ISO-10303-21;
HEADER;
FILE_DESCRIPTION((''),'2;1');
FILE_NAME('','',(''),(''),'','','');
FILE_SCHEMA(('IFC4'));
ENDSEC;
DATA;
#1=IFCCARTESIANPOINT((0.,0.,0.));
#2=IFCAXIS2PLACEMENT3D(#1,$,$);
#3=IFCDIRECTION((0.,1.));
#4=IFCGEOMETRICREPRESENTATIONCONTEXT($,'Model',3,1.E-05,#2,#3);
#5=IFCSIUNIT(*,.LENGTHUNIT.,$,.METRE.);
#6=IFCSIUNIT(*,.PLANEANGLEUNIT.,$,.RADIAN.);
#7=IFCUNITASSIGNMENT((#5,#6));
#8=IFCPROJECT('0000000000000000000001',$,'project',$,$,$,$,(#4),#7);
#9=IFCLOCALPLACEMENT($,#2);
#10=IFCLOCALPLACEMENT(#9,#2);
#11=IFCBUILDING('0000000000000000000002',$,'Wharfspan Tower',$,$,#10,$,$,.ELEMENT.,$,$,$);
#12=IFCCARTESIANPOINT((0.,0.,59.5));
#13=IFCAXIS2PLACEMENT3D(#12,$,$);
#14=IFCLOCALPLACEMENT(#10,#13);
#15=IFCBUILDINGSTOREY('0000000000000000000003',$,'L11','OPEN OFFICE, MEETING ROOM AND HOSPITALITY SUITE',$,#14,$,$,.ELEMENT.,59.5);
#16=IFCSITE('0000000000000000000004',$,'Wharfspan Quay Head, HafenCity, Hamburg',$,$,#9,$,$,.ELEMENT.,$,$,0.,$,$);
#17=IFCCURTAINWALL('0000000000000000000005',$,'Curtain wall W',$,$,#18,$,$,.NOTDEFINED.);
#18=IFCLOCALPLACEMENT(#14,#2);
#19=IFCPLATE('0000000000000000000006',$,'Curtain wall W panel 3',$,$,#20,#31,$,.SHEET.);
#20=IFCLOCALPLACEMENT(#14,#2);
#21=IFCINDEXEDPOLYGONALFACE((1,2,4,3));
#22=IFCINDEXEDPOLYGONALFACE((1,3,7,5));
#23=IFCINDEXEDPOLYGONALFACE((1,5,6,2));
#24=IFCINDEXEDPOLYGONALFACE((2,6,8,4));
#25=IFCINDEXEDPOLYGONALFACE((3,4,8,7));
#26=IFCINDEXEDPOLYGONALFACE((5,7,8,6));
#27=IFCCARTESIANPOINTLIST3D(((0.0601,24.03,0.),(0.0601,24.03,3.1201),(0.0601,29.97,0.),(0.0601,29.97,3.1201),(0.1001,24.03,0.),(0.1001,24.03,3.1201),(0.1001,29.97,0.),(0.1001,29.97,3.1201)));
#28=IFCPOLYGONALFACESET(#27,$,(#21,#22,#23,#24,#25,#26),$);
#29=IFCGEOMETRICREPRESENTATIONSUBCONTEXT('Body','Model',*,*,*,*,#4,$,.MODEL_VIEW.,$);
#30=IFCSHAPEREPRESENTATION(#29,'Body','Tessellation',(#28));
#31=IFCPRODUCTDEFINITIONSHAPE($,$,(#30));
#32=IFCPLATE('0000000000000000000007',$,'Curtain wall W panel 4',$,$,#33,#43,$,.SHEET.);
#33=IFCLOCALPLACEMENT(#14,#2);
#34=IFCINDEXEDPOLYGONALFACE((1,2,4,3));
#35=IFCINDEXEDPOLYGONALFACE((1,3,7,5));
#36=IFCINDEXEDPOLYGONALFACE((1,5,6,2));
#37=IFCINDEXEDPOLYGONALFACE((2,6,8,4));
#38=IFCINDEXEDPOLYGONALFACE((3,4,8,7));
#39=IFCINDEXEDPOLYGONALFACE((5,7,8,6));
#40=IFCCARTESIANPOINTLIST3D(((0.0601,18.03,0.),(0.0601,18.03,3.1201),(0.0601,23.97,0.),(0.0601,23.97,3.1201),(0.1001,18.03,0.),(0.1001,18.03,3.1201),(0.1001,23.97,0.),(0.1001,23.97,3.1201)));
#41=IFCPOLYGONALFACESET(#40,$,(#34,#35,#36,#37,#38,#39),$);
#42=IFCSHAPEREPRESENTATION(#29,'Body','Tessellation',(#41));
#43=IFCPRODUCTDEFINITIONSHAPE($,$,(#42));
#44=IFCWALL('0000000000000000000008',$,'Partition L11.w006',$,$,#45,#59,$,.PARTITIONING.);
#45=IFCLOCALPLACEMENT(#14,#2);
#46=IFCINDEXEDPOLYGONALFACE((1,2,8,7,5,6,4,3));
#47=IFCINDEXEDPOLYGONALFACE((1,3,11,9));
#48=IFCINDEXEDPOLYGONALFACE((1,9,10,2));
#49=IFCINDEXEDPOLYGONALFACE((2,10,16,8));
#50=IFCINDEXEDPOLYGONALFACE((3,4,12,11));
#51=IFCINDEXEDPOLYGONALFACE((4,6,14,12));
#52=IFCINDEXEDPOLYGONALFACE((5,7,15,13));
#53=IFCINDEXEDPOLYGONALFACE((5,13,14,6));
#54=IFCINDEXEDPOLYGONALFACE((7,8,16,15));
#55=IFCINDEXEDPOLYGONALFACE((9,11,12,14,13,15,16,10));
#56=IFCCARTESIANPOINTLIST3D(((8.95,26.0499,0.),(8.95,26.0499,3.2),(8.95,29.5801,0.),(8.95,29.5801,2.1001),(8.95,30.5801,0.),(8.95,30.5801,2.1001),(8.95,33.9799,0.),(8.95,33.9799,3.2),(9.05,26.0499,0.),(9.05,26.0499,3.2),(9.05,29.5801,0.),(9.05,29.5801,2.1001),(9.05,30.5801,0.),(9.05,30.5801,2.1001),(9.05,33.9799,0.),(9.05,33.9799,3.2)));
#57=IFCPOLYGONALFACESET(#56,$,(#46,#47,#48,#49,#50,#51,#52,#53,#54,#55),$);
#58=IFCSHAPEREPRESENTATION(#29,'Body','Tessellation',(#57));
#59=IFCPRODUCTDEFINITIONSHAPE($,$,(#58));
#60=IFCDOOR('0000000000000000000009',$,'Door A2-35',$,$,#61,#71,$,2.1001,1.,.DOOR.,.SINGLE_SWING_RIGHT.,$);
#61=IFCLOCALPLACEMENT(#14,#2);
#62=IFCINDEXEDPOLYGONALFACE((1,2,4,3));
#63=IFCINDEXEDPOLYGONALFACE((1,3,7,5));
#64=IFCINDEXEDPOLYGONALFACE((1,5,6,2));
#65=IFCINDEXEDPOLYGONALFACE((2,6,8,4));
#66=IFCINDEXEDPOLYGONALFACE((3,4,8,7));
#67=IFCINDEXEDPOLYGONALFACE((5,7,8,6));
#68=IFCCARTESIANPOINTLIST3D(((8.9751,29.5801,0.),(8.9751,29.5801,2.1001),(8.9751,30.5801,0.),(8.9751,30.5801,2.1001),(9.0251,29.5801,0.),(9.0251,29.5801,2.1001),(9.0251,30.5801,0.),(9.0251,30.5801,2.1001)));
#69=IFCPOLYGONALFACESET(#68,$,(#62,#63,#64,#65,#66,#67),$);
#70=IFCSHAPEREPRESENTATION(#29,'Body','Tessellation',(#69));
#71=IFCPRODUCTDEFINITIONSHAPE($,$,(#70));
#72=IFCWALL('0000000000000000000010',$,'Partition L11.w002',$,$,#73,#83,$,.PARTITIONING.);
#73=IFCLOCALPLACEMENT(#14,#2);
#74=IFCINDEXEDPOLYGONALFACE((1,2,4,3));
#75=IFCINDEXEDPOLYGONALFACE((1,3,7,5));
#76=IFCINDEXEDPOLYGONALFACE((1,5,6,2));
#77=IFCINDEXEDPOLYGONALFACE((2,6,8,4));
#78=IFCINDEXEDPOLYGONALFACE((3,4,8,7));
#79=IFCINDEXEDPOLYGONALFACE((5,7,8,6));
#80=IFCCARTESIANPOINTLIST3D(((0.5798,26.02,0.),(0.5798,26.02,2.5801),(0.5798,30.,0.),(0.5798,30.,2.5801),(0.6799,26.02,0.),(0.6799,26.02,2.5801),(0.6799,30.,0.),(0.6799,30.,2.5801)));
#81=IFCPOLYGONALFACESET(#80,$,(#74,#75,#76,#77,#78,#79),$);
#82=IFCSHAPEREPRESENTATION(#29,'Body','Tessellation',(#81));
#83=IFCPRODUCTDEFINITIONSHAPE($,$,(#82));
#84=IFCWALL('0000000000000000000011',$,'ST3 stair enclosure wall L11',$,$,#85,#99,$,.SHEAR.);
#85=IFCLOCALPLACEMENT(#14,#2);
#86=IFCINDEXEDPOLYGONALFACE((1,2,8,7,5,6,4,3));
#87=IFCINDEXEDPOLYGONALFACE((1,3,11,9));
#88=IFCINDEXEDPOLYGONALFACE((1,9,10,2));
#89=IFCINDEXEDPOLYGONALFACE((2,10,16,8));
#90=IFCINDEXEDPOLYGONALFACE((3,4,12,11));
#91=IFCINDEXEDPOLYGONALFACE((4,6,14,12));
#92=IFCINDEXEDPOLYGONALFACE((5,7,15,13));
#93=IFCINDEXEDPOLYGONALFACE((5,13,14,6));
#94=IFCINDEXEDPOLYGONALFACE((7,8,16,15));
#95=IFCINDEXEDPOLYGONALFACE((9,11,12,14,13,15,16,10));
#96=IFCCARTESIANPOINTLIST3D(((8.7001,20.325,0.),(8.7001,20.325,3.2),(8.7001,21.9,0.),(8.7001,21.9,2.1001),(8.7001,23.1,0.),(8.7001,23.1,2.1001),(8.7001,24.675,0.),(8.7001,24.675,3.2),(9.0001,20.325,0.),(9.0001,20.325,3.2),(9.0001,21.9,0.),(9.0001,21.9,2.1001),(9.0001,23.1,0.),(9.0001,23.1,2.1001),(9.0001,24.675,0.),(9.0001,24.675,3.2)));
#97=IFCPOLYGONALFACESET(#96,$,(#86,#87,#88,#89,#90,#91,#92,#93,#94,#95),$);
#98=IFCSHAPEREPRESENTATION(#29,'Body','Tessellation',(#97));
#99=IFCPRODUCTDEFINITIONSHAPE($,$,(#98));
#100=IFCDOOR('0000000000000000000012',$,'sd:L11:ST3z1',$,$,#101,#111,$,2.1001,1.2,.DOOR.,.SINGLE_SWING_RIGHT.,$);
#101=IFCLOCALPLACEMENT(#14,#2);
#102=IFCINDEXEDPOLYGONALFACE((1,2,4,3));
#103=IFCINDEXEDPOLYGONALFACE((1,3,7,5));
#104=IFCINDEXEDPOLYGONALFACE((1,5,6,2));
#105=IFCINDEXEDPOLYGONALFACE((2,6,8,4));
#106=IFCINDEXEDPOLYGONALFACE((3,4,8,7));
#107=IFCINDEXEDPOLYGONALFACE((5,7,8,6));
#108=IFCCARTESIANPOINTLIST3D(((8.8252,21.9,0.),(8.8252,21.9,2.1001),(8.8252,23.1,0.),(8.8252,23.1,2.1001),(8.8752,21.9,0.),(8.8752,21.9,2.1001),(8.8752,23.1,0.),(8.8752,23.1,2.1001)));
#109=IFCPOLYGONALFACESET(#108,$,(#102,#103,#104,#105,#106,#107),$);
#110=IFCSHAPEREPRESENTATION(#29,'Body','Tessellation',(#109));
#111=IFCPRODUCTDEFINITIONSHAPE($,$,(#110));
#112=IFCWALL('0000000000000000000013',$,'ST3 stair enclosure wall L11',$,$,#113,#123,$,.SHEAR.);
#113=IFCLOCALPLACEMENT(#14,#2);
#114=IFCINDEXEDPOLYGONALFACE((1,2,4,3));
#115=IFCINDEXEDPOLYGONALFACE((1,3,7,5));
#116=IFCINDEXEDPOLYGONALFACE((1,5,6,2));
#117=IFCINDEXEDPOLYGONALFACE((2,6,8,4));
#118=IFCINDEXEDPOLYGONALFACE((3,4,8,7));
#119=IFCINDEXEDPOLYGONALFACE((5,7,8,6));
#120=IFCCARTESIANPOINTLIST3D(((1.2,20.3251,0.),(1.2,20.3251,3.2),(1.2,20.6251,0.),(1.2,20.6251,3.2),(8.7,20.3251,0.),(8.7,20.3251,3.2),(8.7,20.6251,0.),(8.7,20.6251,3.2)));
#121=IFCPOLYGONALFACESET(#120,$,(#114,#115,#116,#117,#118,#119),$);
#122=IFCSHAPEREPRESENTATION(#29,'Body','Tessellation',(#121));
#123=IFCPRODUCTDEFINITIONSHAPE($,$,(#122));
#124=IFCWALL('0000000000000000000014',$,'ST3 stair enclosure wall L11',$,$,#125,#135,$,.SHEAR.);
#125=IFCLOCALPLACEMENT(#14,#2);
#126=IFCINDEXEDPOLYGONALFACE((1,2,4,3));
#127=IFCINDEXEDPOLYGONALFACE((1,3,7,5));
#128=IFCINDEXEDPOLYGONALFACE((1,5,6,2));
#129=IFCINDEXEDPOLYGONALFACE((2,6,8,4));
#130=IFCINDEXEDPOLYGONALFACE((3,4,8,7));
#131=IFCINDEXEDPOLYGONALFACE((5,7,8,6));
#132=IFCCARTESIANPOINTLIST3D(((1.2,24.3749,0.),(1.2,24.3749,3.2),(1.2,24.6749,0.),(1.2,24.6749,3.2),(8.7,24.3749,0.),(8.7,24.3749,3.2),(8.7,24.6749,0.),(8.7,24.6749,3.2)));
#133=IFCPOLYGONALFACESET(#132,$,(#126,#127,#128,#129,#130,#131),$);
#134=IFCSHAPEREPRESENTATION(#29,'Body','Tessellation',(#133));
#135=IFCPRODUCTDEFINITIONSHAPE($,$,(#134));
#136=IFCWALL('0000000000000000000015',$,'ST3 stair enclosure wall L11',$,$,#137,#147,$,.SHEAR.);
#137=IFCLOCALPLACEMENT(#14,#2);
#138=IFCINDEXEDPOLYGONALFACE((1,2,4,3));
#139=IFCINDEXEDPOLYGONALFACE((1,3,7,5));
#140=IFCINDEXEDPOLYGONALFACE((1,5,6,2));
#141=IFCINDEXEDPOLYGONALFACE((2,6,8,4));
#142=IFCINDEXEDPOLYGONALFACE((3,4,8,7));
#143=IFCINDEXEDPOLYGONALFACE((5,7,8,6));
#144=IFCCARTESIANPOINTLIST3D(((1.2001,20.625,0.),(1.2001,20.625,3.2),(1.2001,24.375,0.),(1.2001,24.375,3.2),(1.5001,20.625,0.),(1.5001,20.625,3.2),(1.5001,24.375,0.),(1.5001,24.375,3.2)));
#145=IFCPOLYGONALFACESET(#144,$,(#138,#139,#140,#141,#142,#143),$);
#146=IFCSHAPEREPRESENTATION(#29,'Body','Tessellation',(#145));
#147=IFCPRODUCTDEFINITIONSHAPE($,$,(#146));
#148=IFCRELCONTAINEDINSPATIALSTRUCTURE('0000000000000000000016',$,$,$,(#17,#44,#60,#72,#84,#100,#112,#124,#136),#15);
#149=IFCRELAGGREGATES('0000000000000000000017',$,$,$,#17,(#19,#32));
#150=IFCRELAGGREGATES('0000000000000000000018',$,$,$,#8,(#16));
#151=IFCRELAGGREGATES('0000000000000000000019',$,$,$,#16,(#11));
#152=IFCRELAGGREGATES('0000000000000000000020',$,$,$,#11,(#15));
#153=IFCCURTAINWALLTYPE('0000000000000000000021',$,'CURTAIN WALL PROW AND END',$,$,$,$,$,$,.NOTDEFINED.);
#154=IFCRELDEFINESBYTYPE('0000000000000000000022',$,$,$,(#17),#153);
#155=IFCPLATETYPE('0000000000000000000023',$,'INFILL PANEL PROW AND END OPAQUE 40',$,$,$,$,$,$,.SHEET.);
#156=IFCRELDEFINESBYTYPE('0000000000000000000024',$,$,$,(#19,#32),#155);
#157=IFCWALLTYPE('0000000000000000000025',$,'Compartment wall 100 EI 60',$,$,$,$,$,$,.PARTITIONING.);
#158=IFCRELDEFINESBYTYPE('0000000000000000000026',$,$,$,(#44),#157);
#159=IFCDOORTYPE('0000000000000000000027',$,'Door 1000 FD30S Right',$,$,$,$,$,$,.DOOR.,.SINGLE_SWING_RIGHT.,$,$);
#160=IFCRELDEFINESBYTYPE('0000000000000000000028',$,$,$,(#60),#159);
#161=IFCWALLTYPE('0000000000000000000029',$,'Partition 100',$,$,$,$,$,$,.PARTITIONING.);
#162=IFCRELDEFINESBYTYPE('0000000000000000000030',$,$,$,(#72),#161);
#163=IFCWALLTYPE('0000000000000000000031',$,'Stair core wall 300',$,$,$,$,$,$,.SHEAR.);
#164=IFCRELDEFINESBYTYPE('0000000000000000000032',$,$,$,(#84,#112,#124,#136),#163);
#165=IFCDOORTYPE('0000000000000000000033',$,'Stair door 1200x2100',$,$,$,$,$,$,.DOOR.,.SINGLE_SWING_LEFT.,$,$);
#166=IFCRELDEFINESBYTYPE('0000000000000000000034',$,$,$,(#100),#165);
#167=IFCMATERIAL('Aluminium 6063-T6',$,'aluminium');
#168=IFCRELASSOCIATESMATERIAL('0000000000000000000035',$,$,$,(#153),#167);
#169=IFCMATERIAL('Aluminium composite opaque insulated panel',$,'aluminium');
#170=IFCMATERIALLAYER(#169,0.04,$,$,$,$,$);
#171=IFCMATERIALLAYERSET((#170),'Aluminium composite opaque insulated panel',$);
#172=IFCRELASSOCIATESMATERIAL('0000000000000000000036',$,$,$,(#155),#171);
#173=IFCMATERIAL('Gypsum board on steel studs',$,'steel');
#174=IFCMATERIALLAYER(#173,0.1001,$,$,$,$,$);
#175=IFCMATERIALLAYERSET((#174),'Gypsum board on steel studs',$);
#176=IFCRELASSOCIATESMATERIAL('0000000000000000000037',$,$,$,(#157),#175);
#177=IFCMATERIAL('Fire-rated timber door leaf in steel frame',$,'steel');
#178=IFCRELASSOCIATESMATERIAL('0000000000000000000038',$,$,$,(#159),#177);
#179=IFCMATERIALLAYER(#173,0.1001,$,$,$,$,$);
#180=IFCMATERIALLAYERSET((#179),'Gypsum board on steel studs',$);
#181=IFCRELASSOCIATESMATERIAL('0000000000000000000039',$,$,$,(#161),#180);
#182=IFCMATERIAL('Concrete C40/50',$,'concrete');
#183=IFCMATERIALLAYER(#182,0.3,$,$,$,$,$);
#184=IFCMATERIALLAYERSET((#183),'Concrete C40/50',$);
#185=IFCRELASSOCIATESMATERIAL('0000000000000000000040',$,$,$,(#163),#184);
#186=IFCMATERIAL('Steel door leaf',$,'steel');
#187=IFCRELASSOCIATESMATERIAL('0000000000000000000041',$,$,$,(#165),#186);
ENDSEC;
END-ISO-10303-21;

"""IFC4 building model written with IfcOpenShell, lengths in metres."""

from ifc_helpers import new_model, si_unit, direction, frame, frame_2d, origin, origin_2d, place, context, subcontext, project, spatial, rectangle, extrude, material, layer, layer_set, type_object, element, fill, aggregate, save


model = new_model("IFC4")

# Units and contexts
model_context = context("Model", 3, precision=1e-05, world=origin(), true_north=direction((0.0, 1.0)))
body_context = subcontext(model_context, "Body", "Model", "MODEL_VIEW")
ifc_project = project(units=[si_unit("LENGTHUNIT", "METRE"), si_unit("PLANEANGLEUNIT", "RADIAN")], contexts=[model_context])

# Site, building, storey
site_placement = place(None, origin())
site = spatial("IfcSite", under=ifc_project, at=site_placement, Name="Wharfspan Quay Head, HafenCity, Hamburg", CompositionType="ELEMENT", RefElevation=0.0)
building_placement = place(site_placement, origin())
building = spatial("IfcBuilding", under=site, at=building_placement, Name="Wharfspan Tower", CompositionType="ELEMENT")
storey_placement = place(building_placement, frame((0.0, 0.0, 59.5)))
storey = spatial("IfcBuildingStorey", under=building, at=storey_placement, Name="L11", Description="OPEN OFFICE, MEETING ROOM AND HOSPITALITY SUITE", CompositionType="ELEMENT", Elevation=59.5)

# Curtain wall
ifc_material_1 = material(Name="Aluminium 6063-T6", Category="aluminium")
curtain_wall_type = type_object("IfcCurtainWallType", Name="CURTAIN WALL PROW AND END", PredefinedType="NOTDEFINED", material=ifc_material_1)
curtain_wall_placement = place(storey_placement, origin())
curtain_wall = element("IfcCurtainWall", 1, at=curtain_wall_placement, inside=storey, type_object=curtain_wall_type, Name="Curtain wall W", PredefinedType="NOTDEFINED")

# Plates
ifc_material_2 = material(Name="Aluminium composite opaque insulated panel", Category="aluminium")
ifc_layer_1 = layer(ifc_material_2, 0.04)
ifc_layer_set_1 = layer_set([ifc_layer_1], Name="Aluminium composite opaque insulated panel")
plate_type = type_object("IfcPlateType", Name="INFILL PANEL PROW AND END OPAQUE 40", PredefinedType="SHEET", material=ifc_layer_set_1)
plate_1_placement = place(storey_placement, frame((0.0801, 27.0, 0.0), z_axis=(0.0, 0.0, 1.0), x_axis=(0.0, -1.0, 0.0)))
plate_1 = element("IfcPlate", 2, at=plate_1_placement, type_object=plate_type, Name="Curtain wall W panel 3", PredefinedType="SHEET", context=body_context, shape_type="SweptSolid", body=[
    extrude(rectangle(XDim=5.9399, YDim=0.04, at=origin_2d()), origin(), (0.0, 0.0, 1.0), 3.1201),
])
plate_2_placement = place(storey_placement, frame((0.0801, 21.0, 0.0), z_axis=(0.0, 0.0, 1.0), x_axis=(0.0, -1.0, 0.0)))
plate_2 = element("IfcPlate", 3, at=plate_2_placement, type_object=plate_type, Name="Curtain wall W panel 4", PredefinedType="SHEET", context=body_context, shape_type="SweptSolid", body=[
    extrude(rectangle(XDim=5.9399, YDim=0.04, at=origin_2d()), origin(), (0.0, 0.0, 1.0), 3.1201),
])
aggregate(curtain_wall, [plate_1, plate_2])

# Wall, opening, door
ifc_material_3 = material(Name="Gypsum board on steel studs", Category="steel")
ifc_layer_2 = layer(ifc_material_3, 0.1001)
ifc_layer_set_2 = layer_set([ifc_layer_2], Name="Gypsum board on steel studs")
wall_type_1 = type_object("IfcWallType", Name="Compartment wall 100 EI 60", PredefinedType="PARTITIONING", material=ifc_layer_set_2)
wall_1_placement = place(storey_placement, frame((9.0, 26.05, 0.0), z_axis=(0.0, 0.0, 1.0), x_axis=(0.0, 1.0, 0.0)))
wall_1 = element("IfcWall", 4, at=wall_1_placement, inside=storey, type_object=wall_type_1, Name="Partition L11.w006", PredefinedType="PARTITIONING", context=body_context, shape_type="SweptSolid", body=[
    extrude(rectangle(XDim=7.9299, YDim=0.1001, at=frame_2d((3.9648, 0.0))), origin(), (0.0, 0.0, 1.0), 3.2),
])
opening_1_placement = place(wall_1_placement, frame((3.53, 0.0, 0.0)))
opening_1 = element("IfcOpeningElement", 5, at=opening_1_placement, cuts=wall_1, PredefinedType="OPENING", context=body_context, shape_type="SweptSolid", body=[
    extrude(rectangle(XDim=1.0, YDim=2.1001, at=frame_2d((0.5, 1.05))), frame((0.0, 0.0601, 0.0), z_axis=(0.0, -1.0, 0.0), x_axis=(1.0, 0.0, 0.0)), (0.0, 0.0, 1.0), 0.1201),
])
ifc_material_4 = material(Name="Fire-rated timber door leaf in steel frame", Category="steel")
door_type_1 = type_object("IfcDoorType", Name="Door 1000 FD30S Right", OperationType="SINGLE_SWING_RIGHT", PredefinedType="DOOR", material=ifc_material_4)
door_1_placement = place(opening_1_placement, origin())
door_1 = element("IfcDoor", 6, at=door_1_placement, inside=storey, type_object=door_type_1, Name="Door A2-35", OperationType="SINGLE_SWING_RIGHT", OverallHeight=2.1001, OverallWidth=1.0, PredefinedType="DOOR", context=body_context, shape_type="SweptSolid", body=[
    extrude(rectangle(XDim=1.0, YDim=2.1001, at=frame_2d((0.5, 1.05))), frame((0.0, 0.0249, 0.0), z_axis=(0.0, -1.0, 0.0), x_axis=(1.0, 0.0, 0.0)), (0.0, 0.0, 1.0), 0.05),
])
fill(opening_1, door_1)

# Wall
ifc_layer_3 = layer(ifc_material_3, 0.1001)
ifc_layer_set_3 = layer_set([ifc_layer_3], Name="Gypsum board on steel studs")
wall_type_2 = type_object("IfcWallType", Name="Partition 100", PredefinedType="PARTITIONING", material=ifc_layer_set_3)
wall_2_placement = place(storey_placement, frame((0.6299, 26.02, 0.0), z_axis=(0.0, 0.0, 1.0), x_axis=(0.0, 1.0, 0.0)))
element("IfcWall", 7, at=wall_2_placement, inside=storey, type_object=wall_type_2, Name="Partition L11.w002", PredefinedType="PARTITIONING", context=body_context, shape_type="SweptSolid", body=[
    extrude(rectangle(XDim=3.98, YDim=0.1001, at=frame_2d((1.99, 0.0))), origin(), (0.0, 0.0, 1.0), 2.5801),
])

# Wall, opening, door
ifc_material_5 = material(Name="Concrete C40/50", Category="concrete")
ifc_layer_4 = layer(ifc_material_5, 0.3)
ifc_layer_set_4 = layer_set([ifc_layer_4], Name="Concrete C40/50")
wall_type_3 = type_object("IfcWallType", Name="Stair core wall 300", PredefinedType="SHEAR", material=ifc_layer_set_4)
wall_3_placement = place(storey_placement, frame((8.8501, 20.325, 0.0), z_axis=(0.0, 0.0, 1.0), x_axis=(0.0, 1.0, 0.0)))
wall_3 = element("IfcWall", 8, at=wall_3_placement, inside=storey, type_object=wall_type_3, Name="ST3 stair enclosure wall L11", PredefinedType="SHEAR", context=body_context, shape_type="SweptSolid", body=[
    extrude(rectangle(XDim=4.3501, YDim=0.3, at=frame_2d((2.175, 0.0))), origin(), (0.0, 0.0, 1.0), 3.2),
])
opening_2_placement = place(wall_3_placement, frame((1.575, 0.0, 0.0)))
opening_2 = element("IfcOpeningElement", 9, at=opening_2_placement, cuts=wall_3, PredefinedType="OPENING", context=body_context, shape_type="SweptSolid", body=[
    extrude(rectangle(XDim=1.2, YDim=2.1001, at=frame_2d((0.6001, 1.05))), frame((0.0, 0.1599, 0.0), z_axis=(0.0, -1.0, 0.0), x_axis=(1.0, 0.0, 0.0)), (0.0, 0.0, 1.0), 0.3201),
])
ifc_material_6 = material(Name="Steel door leaf", Category="steel")
door_type_2 = type_object("IfcDoorType", Name="Stair door 1200x2100", OperationType="SINGLE_SWING_LEFT", PredefinedType="DOOR", material=ifc_material_6)
door_2_placement = place(opening_2_placement, origin())
door_2 = element("IfcDoor", 10, at=door_2_placement, inside=storey, type_object=door_type_2, Name="sd:L11:ST3z1", OperationType="SINGLE_SWING_RIGHT", OverallHeight=2.1001, OverallWidth=1.2, PredefinedType="DOOR", context=body_context, shape_type="SweptSolid", body=[
    extrude(rectangle(XDim=1.2, YDim=2.1001, at=frame_2d((0.6001, 1.05))), frame((0.0, 0.0249, 0.0), z_axis=(0.0, -1.0, 0.0), x_axis=(1.0, 0.0, 0.0)), (0.0, 0.0, 1.0), 0.05),
])
fill(opening_2, door_2)

# Walls
for number, where, z_axis, x_axis, name in (
    (11, (1.2, 20.4751, 0.0), (0.0, 0.0, 1.0), (1.0, 0.0, 0.0), "ST3 stair enclosure wall L11"),
    (12, (1.2, 24.5249, 0.0), (0.0, 0.0, 1.0), (1.0, 0.0, 0.0), "ST3 stair enclosure wall L11"),
):
    element("IfcWall", number, at=place(storey_placement, frame(where, z_axis=z_axis, x_axis=x_axis)), inside=storey, type_object=wall_type_3, Name=name, PredefinedType="SHEAR", context=body_context, shape_type="SweptSolid", body=[
        extrude(rectangle(XDim=7.5, YDim=0.3, at=frame_2d((3.75, 0.0))), origin(), (0.0, 0.0, 1.0), 3.2),
    ])
wall_4_placement = place(storey_placement, frame((1.3501, 20.625, 0.0), z_axis=(0.0, 0.0, 1.0), x_axis=(0.0, 1.0, 0.0)))
element("IfcWall", 13, at=wall_4_placement, inside=storey, type_object=wall_type_3, Name="ST3 stair enclosure wall L11", PredefinedType="SHEAR", context=body_context, shape_type="SweptSolid", body=[
    extrude(rectangle(XDim=3.75, YDim=0.3, at=frame_2d((1.875, 0.0))), origin(), (0.0, 0.0, 1.0), 3.2),
])

save(model, "model.ifc")
